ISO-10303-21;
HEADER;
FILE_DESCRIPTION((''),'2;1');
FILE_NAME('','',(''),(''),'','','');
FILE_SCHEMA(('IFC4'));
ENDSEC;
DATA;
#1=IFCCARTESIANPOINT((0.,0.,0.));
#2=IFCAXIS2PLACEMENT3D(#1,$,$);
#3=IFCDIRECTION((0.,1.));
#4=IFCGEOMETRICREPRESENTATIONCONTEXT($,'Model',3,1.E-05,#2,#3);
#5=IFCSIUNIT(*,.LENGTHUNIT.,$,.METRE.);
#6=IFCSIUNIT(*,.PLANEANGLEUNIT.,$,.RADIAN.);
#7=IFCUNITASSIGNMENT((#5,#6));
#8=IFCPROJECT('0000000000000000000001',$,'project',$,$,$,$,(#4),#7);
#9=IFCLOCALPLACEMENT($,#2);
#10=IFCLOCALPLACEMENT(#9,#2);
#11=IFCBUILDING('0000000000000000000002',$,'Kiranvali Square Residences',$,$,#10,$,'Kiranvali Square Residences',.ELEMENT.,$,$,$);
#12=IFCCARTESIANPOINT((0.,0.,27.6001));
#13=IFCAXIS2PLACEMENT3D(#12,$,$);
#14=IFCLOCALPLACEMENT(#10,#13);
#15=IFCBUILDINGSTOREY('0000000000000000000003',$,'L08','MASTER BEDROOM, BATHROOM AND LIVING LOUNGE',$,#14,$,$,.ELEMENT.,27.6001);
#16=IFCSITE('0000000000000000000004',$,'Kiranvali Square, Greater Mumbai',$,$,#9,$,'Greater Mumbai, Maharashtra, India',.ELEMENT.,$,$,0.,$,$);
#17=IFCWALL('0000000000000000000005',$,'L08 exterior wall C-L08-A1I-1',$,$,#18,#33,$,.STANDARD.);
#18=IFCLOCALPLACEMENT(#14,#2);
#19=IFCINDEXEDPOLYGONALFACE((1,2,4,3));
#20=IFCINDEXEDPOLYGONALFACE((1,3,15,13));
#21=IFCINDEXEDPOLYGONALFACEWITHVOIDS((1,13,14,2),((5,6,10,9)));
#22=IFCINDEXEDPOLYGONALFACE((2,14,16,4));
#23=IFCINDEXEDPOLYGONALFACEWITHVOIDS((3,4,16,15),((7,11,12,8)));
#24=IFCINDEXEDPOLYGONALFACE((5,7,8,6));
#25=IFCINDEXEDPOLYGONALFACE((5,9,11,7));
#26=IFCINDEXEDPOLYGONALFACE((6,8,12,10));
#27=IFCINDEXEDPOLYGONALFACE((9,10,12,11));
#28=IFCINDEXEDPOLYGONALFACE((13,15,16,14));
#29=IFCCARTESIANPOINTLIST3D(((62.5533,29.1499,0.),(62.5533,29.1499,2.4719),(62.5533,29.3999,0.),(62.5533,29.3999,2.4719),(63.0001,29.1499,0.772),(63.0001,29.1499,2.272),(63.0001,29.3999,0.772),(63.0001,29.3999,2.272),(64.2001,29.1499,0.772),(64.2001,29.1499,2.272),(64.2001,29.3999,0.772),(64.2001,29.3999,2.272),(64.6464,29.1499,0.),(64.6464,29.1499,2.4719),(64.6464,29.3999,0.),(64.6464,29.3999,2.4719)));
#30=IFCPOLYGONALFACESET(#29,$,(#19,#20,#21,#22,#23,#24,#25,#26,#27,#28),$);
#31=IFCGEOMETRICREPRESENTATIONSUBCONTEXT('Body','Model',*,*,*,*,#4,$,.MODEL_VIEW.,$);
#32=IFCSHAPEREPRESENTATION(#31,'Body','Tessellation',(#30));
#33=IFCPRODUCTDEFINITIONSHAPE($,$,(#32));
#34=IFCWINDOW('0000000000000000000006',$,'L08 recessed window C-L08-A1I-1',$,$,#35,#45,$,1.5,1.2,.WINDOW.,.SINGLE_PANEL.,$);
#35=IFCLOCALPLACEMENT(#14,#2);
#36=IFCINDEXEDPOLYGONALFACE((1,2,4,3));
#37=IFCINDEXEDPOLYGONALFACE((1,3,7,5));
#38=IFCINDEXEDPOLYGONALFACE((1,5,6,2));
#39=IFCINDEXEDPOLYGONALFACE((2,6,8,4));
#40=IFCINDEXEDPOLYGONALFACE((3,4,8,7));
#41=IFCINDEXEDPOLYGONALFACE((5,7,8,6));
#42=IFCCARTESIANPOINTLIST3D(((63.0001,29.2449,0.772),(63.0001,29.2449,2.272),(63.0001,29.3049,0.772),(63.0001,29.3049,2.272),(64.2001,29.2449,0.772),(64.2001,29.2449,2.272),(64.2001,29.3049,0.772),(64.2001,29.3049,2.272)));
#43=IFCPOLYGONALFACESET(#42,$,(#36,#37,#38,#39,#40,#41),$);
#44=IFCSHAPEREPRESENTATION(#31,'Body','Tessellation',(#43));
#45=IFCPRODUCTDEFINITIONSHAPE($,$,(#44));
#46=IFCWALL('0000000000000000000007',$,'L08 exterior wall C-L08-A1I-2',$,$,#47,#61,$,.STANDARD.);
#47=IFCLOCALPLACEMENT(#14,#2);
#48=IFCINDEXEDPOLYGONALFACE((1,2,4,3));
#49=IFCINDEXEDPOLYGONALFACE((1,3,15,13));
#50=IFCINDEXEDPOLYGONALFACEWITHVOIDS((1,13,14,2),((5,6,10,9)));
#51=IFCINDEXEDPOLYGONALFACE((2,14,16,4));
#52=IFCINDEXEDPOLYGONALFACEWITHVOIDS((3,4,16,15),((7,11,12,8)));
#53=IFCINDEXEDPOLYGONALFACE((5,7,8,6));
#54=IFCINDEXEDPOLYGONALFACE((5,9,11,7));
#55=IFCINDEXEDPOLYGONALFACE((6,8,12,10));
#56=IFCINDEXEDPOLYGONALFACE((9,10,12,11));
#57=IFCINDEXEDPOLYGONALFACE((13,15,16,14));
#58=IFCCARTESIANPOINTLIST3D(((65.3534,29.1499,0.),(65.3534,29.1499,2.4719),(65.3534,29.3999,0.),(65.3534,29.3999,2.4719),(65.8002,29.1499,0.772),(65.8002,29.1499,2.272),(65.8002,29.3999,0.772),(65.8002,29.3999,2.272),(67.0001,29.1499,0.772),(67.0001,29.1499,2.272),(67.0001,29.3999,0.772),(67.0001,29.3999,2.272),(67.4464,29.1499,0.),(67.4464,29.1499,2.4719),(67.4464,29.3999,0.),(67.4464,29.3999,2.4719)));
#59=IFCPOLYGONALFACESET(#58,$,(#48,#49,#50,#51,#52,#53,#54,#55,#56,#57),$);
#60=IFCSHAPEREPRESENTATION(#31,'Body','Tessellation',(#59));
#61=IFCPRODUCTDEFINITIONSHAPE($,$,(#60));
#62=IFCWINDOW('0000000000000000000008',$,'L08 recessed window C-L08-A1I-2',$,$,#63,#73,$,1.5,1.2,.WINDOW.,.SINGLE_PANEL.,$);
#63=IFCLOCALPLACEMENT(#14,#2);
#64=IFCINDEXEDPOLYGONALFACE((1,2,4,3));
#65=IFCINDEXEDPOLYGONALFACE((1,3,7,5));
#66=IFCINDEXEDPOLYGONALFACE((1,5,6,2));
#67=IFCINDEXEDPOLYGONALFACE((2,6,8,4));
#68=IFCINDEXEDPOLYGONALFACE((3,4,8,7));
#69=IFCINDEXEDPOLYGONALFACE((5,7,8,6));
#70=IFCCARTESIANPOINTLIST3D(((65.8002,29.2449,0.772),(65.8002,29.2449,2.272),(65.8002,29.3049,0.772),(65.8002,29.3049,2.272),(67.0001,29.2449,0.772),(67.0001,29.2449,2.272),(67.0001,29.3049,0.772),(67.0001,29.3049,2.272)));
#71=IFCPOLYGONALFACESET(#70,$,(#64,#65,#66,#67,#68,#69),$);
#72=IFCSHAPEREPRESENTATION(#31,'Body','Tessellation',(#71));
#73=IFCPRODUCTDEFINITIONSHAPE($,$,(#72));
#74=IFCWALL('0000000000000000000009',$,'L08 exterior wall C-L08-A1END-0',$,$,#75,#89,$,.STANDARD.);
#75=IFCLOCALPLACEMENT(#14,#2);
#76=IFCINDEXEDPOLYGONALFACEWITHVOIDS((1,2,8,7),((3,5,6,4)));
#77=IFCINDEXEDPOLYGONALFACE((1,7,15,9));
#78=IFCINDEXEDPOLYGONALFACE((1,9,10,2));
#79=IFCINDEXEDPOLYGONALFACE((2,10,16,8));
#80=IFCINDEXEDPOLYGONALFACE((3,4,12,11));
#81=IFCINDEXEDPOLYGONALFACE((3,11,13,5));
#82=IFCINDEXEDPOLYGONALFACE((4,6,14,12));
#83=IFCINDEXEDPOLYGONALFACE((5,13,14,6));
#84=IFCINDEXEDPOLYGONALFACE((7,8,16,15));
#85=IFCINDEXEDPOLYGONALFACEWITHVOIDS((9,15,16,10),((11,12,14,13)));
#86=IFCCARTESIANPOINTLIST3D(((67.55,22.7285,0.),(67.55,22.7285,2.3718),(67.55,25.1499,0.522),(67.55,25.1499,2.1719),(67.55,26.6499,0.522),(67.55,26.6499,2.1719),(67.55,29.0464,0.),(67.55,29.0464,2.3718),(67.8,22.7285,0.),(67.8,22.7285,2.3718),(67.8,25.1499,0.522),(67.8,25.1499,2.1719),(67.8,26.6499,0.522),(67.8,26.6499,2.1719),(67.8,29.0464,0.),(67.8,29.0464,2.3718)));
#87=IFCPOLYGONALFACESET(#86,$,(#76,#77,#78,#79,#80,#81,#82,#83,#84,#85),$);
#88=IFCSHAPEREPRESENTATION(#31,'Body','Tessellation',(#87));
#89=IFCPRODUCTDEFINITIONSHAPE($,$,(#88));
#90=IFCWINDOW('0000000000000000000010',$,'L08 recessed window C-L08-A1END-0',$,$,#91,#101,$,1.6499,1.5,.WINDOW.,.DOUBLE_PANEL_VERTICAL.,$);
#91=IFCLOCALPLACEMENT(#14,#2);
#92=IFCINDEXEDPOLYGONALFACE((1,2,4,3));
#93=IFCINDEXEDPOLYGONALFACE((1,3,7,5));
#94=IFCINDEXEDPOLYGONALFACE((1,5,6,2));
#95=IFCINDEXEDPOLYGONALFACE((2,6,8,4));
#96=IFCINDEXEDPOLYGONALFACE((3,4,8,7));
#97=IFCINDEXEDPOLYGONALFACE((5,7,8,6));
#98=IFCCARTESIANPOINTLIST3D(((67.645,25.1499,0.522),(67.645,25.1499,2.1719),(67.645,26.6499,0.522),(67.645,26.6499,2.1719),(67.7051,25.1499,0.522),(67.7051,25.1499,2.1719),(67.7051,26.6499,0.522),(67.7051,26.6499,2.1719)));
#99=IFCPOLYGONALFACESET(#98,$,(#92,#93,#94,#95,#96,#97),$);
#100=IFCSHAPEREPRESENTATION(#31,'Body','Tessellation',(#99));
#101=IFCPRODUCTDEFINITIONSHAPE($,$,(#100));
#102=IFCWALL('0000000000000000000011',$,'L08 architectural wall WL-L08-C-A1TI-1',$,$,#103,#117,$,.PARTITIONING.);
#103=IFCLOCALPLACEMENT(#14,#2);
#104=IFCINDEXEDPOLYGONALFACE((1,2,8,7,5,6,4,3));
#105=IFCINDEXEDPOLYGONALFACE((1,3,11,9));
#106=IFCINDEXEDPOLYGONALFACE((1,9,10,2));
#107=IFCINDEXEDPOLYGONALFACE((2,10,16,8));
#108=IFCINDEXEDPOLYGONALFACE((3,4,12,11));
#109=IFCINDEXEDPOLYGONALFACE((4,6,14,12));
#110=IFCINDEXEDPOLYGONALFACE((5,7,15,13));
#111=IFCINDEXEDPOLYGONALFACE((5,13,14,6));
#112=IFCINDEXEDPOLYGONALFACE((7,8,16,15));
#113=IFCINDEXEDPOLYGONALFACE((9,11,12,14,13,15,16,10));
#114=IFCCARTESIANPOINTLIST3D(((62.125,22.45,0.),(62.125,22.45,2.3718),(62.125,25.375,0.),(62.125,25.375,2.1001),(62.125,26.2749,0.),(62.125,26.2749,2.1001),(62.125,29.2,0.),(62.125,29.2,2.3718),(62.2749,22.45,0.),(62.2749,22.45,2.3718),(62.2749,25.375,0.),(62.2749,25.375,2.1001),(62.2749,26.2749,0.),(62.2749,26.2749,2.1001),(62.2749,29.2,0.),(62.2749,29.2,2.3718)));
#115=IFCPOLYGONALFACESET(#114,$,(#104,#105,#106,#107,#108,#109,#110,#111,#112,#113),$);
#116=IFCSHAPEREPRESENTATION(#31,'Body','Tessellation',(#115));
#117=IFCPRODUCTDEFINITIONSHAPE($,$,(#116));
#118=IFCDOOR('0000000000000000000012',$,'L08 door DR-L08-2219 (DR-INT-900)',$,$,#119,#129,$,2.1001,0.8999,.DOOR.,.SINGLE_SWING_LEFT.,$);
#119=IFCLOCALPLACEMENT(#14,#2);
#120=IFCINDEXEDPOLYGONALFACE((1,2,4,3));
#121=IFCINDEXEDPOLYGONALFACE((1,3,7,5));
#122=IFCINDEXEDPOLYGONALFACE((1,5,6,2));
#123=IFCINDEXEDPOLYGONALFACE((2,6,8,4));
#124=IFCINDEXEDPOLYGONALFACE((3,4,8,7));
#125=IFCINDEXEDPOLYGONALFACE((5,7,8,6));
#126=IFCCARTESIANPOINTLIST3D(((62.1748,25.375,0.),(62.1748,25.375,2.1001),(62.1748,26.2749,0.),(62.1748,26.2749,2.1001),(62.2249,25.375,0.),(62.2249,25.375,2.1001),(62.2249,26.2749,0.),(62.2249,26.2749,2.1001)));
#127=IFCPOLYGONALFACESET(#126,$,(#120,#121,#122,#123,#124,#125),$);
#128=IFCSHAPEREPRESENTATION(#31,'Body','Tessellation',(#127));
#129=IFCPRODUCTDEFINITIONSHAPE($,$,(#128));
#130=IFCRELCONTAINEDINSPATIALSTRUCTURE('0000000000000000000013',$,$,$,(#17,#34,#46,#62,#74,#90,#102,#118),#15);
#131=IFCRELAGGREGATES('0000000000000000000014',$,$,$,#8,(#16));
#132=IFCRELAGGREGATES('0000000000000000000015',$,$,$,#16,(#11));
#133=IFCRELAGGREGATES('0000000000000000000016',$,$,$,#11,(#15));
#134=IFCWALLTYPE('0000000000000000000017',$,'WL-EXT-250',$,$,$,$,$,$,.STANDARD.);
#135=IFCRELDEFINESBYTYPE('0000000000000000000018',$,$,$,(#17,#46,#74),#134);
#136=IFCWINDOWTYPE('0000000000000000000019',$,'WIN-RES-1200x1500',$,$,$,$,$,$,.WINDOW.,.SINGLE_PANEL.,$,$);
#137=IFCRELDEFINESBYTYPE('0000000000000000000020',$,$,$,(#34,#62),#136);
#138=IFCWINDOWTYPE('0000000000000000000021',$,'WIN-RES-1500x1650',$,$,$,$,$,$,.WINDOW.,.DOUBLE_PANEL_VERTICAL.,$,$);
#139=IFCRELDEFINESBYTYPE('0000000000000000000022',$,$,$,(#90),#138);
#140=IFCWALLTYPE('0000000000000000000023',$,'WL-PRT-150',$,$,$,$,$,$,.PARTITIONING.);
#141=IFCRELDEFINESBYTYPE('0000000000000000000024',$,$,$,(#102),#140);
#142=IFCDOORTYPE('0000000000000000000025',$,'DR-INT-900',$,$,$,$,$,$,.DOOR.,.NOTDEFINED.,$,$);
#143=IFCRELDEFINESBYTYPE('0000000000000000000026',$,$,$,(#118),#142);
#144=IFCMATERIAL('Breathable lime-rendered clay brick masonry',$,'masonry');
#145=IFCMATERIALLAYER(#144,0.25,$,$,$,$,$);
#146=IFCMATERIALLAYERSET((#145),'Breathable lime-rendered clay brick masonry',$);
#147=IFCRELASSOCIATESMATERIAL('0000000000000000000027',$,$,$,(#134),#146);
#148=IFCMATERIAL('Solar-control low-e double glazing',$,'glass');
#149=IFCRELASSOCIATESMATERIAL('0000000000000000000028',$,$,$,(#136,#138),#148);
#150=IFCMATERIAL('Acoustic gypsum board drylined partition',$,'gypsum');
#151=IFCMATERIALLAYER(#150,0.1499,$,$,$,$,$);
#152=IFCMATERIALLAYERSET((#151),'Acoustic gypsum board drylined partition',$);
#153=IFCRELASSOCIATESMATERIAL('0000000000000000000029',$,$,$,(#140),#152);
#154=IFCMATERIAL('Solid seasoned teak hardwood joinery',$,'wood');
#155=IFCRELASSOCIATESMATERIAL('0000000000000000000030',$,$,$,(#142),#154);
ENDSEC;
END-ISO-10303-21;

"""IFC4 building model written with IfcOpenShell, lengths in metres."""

from ifc_helpers import new_model, si_unit, direction, frame, frame_2d, origin, place, context, subcontext, project, spatial, rectangle, extrude, material, layer, layer_set, type_object, element, fill, save


model = new_model("IFC4")

# Units and contexts
model_context = context("Model", 3, precision=1e-05, world=origin(), true_north=direction((0.0, 1.0)))
body_context = subcontext(model_context, "Body", "Model", "MODEL_VIEW")
ifc_project = project(units=[si_unit("LENGTHUNIT", "METRE"), si_unit("PLANEANGLEUNIT", "RADIAN")], contexts=[model_context])

# Site, building, storey
site_placement = place(None, origin())
site = spatial("IfcSite", under=ifc_project, at=site_placement, Name="Kiranvali Square, Greater Mumbai", LongName="Greater Mumbai, Maharashtra, India", CompositionType="ELEMENT", RefElevation=0.0)
building_placement = place(site_placement, origin())
building = spatial("IfcBuilding", under=site, at=building_placement, Name="Kiranvali Square Residences", LongName="Kiranvali Square Residences", CompositionType="ELEMENT")
storey_placement = place(building_placement, frame((0.0, 0.0, 27.6001)))
storey = spatial("IfcBuildingStorey", under=building, at=storey_placement, Name="L08", Description="MASTER BEDROOM, BATHROOM AND LIVING LOUNGE", CompositionType="ELEMENT", Elevation=27.6001)

# Walls, openings, windows
ifc_material_1 = material(Name="Breathable lime-rendered clay brick masonry", Category="masonry")
ifc_layer_1 = layer(ifc_material_1, 0.25)
ifc_layer_set_1 = layer_set([ifc_layer_1], Name="Breathable lime-rendered clay brick masonry")
wall_type_1 = type_object("IfcWallType", Name="WL-EXT-250", PredefinedType="STANDARD", material=ifc_layer_set_1)
ifc_material_2 = material(Name="Solar-control low-e double glazing", Category="glass")
window_type_1 = type_object("IfcWindowType", Name="WIN-RES-1200x1500", PartitioningType="SINGLE_PANEL", PredefinedType="WINDOW", material=ifc_material_2)
wall_1_placement = place(storey_placement, frame((62.5535, 29.2749, 0.0), z_axis=(0.0, 0.0, 1.0), x_axis=(1.0, 0.0, 0.0)))
wall_1 = element("IfcWall", 1, at=wall_1_placement, inside=storey, type_object=wall_type_1, Name="L08 exterior wall C-L08-A1I-1", PredefinedType="STANDARD", context=body_context, shape_type="SweptSolid", body=[
    extrude(rectangle(XDim=2.093, YDim=0.25, at=frame_2d((1.0464, 0.0))), origin(), (0.0, 0.0, 1.0), 2.4719),
])
opening_1_placement = place(wall_1_placement, frame((0.4465, 0.0, 0.772)))
opening_1 = element("IfcOpeningElement", 2, at=opening_1_placement, cuts=wall_1, PredefinedType="OPENING", context=body_context, shape_type="SweptSolid", body=[
    extrude(rectangle(XDim=1.2, YDim=1.5, at=frame_2d((0.6001, 0.75))), frame((0.0, 0.135, 0.0), z_axis=(0.0, -1.0, 0.0), x_axis=(1.0, 0.0, 0.0)), (0.0, 0.0, 1.0), 0.27),
])
window_1_placement = place(opening_1_placement, origin())
window_1 = element("IfcWindow", 3, at=window_1_placement, inside=storey, type_object=window_type_1, Name="L08 recessed window C-L08-A1I-1", OverallHeight=1.5, OverallWidth=1.2, PartitioningType="SINGLE_PANEL", PredefinedType="WINDOW", context=body_context, shape_type="SweptSolid", body=[
    extrude(rectangle(XDim=1.2, YDim=1.5, at=frame_2d((0.6001, 0.75))), frame((0.0, 0.03, 0.0), z_axis=(0.0, -1.0, 0.0), x_axis=(1.0, 0.0, 0.0)), (0.0, 0.0, 1.0), 0.0601),
])
fill(opening_1, window_1)
wall_2_placement = place(storey_placement, frame((65.3535, 29.2749, 0.0), z_axis=(0.0, 0.0, 1.0), x_axis=(1.0, 0.0, 0.0)))
wall_2 = element("IfcWall", 4, at=wall_2_placement, inside=storey, type_object=wall_type_1, Name="L08 exterior wall C-L08-A1I-2", PredefinedType="STANDARD", context=body_context, shape_type="SweptSolid", body=[
    extrude(rectangle(XDim=2.093, YDim=0.25, at=frame_2d((1.0464, 0.0))), origin(), (0.0, 0.0, 1.0), 2.4719),
])
opening_2_placement = place(wall_2_placement, frame((0.4465, 0.0, 0.772)))
opening_2 = element("IfcOpeningElement", 5, at=opening_2_placement, cuts=wall_2, PredefinedType="OPENING", context=body_context, shape_type="SweptSolid", body=[
    extrude(rectangle(XDim=1.2, YDim=1.5, at=frame_2d((0.6001, 0.75))), frame((0.0, 0.135, 0.0), z_axis=(0.0, -1.0, 0.0), x_axis=(1.0, 0.0, 0.0)), (0.0, 0.0, 1.0), 0.27),
])
window_2_placement = place(opening_2_placement, origin())
window_2 = element("IfcWindow", 6, at=window_2_placement, inside=storey, type_object=window_type_1, Name="L08 recessed window C-L08-A1I-2", OverallHeight=1.5, OverallWidth=1.2, PartitioningType="SINGLE_PANEL", PredefinedType="WINDOW", context=body_context, shape_type="SweptSolid", body=[
    extrude(rectangle(XDim=1.2, YDim=1.5, at=frame_2d((0.6001, 0.75))), frame((0.0, 0.03, 0.0), z_axis=(0.0, -1.0, 0.0), x_axis=(1.0, 0.0, 0.0)), (0.0, 0.0, 1.0), 0.0601),
])
fill(opening_2, window_2)
wall_3_placement = place(storey_placement, frame((67.675, 29.0464, 0.0), z_axis=(0.0, 0.0, 1.0), x_axis=(0.0, -1.0, 0.0)))
wall_3 = element("IfcWall", 7, at=wall_3_placement, inside=storey, type_object=wall_type_1, Name="L08 exterior wall C-L08-A1END-0", PredefinedType="STANDARD", context=body_context, shape_type="SweptSolid", body=[
    extrude(rectangle(XDim=6.3179, YDim=0.25, at=frame_2d((3.1589, 0.0))), origin(), (0.0, 0.0, 1.0), 2.3718),
])
opening_3_placement = place(wall_3_placement, frame((2.3965, 0.0, 0.522)))
opening_3 = element("IfcOpeningElement", 8, at=opening_3_placement, cuts=wall_3, PredefinedType="OPENING", context=body_context, shape_type="SweptSolid", body=[
    extrude(rectangle(XDim=1.5, YDim=1.6499, at=frame_2d((0.75, 0.825))), frame((0.0, 0.135, 0.0), z_axis=(0.0, -1.0, 0.0), x_axis=(1.0, 0.0, 0.0)), (0.0, 0.0, 1.0), 0.27),
])
window_type_2 = type_object("IfcWindowType", Name="WIN-RES-1500x1650", PartitioningType="DOUBLE_PANEL_VERTICAL", PredefinedType="WINDOW", material=ifc_material_2)
window_3_placement = place(opening_3_placement, origin())
window_3 = element("IfcWindow", 9, at=window_3_placement, inside=storey, type_object=window_type_2, Name="L08 recessed window C-L08-A1END-0", OverallHeight=1.6499, OverallWidth=1.5, PartitioningType="DOUBLE_PANEL_VERTICAL", PredefinedType="WINDOW", context=body_context, shape_type="SweptSolid", body=[
    extrude(rectangle(XDim=1.5, YDim=1.6499, at=frame_2d((0.75, 0.825))), frame((0.0, 0.03, 0.0), z_axis=(0.0, -1.0, 0.0), x_axis=(1.0, 0.0, 0.0)), (0.0, 0.0, 1.0), 0.0601),
])
fill(opening_3, window_3)

# Wall, opening, door
ifc_material_3 = material(Name="Acoustic gypsum board drylined partition", Category="gypsum")
ifc_layer_2 = layer(ifc_material_3, 0.1499)
ifc_layer_set_2 = layer_set([ifc_layer_2], Name="Acoustic gypsum board drylined partition")
wall_type_2 = type_object("IfcWallType", Name="WL-PRT-150", PredefinedType="PARTITIONING", material=ifc_layer_set_2)
wall_4_placement = place(storey_placement, frame((62.2, 29.2, 0.0), z_axis=(0.0, 0.0, 1.0), x_axis=(0.0, -1.0, 0.0)))
wall_4 = element("IfcWall", 10, at=wall_4_placement, inside=storey, type_object=wall_type_2, Name="L08 architectural wall WL-L08-C-A1TI-1", PredefinedType="PARTITIONING", context=body_context, shape_type="SweptSolid", body=[
    extrude(rectangle(XDim=6.75, YDim=0.1499, at=frame_2d((3.375, 0.0))), origin(), (0.0, 0.0, 1.0), 2.3718),
])
opening_4_placement = place(wall_4_placement, frame((2.925, 0.0, 0.0)))
opening_4 = element("IfcOpeningElement", 11, at=opening_4_placement, cuts=wall_4, PredefinedType="OPENING", context=body_context, shape_type="SweptSolid", body=[
    extrude(rectangle(XDim=0.8999, YDim=2.1001, at=frame_2d((0.45, 1.05))), frame((0.0, 0.085, 0.0), z_axis=(0.0, -1.0, 0.0), x_axis=(1.0, 0.0, 0.0)), (0.0, 0.0, 1.0), 0.1699),
])
ifc_material_4 = material(Name="Solid seasoned teak hardwood joinery", Category="wood")
door_type = type_object("IfcDoorType", Name="DR-INT-900", OperationType="NOTDEFINED", PredefinedType="DOOR", material=ifc_material_4)
door_placement = place(opening_4_placement, origin())
door = element("IfcDoor", 12, at=door_placement, inside=storey, type_object=door_type, Name="L08 door DR-L08-2219 (DR-INT-900)", OperationType="SINGLE_SWING_LEFT", OverallHeight=2.1001, OverallWidth=0.8999, PredefinedType="DOOR", context=body_context, shape_type="SweptSolid", body=[
    extrude(rectangle(XDim=0.8999, YDim=2.1001, at=frame_2d((0.45, 1.05))), frame((0.0, 0.0249, 0.0), z_axis=(0.0, -1.0, 0.0), x_axis=(1.0, 0.0, 0.0)), (0.0, 0.0, 1.0), 0.05),
])
fill(opening_4, door)

save(model, "model.ifc")
